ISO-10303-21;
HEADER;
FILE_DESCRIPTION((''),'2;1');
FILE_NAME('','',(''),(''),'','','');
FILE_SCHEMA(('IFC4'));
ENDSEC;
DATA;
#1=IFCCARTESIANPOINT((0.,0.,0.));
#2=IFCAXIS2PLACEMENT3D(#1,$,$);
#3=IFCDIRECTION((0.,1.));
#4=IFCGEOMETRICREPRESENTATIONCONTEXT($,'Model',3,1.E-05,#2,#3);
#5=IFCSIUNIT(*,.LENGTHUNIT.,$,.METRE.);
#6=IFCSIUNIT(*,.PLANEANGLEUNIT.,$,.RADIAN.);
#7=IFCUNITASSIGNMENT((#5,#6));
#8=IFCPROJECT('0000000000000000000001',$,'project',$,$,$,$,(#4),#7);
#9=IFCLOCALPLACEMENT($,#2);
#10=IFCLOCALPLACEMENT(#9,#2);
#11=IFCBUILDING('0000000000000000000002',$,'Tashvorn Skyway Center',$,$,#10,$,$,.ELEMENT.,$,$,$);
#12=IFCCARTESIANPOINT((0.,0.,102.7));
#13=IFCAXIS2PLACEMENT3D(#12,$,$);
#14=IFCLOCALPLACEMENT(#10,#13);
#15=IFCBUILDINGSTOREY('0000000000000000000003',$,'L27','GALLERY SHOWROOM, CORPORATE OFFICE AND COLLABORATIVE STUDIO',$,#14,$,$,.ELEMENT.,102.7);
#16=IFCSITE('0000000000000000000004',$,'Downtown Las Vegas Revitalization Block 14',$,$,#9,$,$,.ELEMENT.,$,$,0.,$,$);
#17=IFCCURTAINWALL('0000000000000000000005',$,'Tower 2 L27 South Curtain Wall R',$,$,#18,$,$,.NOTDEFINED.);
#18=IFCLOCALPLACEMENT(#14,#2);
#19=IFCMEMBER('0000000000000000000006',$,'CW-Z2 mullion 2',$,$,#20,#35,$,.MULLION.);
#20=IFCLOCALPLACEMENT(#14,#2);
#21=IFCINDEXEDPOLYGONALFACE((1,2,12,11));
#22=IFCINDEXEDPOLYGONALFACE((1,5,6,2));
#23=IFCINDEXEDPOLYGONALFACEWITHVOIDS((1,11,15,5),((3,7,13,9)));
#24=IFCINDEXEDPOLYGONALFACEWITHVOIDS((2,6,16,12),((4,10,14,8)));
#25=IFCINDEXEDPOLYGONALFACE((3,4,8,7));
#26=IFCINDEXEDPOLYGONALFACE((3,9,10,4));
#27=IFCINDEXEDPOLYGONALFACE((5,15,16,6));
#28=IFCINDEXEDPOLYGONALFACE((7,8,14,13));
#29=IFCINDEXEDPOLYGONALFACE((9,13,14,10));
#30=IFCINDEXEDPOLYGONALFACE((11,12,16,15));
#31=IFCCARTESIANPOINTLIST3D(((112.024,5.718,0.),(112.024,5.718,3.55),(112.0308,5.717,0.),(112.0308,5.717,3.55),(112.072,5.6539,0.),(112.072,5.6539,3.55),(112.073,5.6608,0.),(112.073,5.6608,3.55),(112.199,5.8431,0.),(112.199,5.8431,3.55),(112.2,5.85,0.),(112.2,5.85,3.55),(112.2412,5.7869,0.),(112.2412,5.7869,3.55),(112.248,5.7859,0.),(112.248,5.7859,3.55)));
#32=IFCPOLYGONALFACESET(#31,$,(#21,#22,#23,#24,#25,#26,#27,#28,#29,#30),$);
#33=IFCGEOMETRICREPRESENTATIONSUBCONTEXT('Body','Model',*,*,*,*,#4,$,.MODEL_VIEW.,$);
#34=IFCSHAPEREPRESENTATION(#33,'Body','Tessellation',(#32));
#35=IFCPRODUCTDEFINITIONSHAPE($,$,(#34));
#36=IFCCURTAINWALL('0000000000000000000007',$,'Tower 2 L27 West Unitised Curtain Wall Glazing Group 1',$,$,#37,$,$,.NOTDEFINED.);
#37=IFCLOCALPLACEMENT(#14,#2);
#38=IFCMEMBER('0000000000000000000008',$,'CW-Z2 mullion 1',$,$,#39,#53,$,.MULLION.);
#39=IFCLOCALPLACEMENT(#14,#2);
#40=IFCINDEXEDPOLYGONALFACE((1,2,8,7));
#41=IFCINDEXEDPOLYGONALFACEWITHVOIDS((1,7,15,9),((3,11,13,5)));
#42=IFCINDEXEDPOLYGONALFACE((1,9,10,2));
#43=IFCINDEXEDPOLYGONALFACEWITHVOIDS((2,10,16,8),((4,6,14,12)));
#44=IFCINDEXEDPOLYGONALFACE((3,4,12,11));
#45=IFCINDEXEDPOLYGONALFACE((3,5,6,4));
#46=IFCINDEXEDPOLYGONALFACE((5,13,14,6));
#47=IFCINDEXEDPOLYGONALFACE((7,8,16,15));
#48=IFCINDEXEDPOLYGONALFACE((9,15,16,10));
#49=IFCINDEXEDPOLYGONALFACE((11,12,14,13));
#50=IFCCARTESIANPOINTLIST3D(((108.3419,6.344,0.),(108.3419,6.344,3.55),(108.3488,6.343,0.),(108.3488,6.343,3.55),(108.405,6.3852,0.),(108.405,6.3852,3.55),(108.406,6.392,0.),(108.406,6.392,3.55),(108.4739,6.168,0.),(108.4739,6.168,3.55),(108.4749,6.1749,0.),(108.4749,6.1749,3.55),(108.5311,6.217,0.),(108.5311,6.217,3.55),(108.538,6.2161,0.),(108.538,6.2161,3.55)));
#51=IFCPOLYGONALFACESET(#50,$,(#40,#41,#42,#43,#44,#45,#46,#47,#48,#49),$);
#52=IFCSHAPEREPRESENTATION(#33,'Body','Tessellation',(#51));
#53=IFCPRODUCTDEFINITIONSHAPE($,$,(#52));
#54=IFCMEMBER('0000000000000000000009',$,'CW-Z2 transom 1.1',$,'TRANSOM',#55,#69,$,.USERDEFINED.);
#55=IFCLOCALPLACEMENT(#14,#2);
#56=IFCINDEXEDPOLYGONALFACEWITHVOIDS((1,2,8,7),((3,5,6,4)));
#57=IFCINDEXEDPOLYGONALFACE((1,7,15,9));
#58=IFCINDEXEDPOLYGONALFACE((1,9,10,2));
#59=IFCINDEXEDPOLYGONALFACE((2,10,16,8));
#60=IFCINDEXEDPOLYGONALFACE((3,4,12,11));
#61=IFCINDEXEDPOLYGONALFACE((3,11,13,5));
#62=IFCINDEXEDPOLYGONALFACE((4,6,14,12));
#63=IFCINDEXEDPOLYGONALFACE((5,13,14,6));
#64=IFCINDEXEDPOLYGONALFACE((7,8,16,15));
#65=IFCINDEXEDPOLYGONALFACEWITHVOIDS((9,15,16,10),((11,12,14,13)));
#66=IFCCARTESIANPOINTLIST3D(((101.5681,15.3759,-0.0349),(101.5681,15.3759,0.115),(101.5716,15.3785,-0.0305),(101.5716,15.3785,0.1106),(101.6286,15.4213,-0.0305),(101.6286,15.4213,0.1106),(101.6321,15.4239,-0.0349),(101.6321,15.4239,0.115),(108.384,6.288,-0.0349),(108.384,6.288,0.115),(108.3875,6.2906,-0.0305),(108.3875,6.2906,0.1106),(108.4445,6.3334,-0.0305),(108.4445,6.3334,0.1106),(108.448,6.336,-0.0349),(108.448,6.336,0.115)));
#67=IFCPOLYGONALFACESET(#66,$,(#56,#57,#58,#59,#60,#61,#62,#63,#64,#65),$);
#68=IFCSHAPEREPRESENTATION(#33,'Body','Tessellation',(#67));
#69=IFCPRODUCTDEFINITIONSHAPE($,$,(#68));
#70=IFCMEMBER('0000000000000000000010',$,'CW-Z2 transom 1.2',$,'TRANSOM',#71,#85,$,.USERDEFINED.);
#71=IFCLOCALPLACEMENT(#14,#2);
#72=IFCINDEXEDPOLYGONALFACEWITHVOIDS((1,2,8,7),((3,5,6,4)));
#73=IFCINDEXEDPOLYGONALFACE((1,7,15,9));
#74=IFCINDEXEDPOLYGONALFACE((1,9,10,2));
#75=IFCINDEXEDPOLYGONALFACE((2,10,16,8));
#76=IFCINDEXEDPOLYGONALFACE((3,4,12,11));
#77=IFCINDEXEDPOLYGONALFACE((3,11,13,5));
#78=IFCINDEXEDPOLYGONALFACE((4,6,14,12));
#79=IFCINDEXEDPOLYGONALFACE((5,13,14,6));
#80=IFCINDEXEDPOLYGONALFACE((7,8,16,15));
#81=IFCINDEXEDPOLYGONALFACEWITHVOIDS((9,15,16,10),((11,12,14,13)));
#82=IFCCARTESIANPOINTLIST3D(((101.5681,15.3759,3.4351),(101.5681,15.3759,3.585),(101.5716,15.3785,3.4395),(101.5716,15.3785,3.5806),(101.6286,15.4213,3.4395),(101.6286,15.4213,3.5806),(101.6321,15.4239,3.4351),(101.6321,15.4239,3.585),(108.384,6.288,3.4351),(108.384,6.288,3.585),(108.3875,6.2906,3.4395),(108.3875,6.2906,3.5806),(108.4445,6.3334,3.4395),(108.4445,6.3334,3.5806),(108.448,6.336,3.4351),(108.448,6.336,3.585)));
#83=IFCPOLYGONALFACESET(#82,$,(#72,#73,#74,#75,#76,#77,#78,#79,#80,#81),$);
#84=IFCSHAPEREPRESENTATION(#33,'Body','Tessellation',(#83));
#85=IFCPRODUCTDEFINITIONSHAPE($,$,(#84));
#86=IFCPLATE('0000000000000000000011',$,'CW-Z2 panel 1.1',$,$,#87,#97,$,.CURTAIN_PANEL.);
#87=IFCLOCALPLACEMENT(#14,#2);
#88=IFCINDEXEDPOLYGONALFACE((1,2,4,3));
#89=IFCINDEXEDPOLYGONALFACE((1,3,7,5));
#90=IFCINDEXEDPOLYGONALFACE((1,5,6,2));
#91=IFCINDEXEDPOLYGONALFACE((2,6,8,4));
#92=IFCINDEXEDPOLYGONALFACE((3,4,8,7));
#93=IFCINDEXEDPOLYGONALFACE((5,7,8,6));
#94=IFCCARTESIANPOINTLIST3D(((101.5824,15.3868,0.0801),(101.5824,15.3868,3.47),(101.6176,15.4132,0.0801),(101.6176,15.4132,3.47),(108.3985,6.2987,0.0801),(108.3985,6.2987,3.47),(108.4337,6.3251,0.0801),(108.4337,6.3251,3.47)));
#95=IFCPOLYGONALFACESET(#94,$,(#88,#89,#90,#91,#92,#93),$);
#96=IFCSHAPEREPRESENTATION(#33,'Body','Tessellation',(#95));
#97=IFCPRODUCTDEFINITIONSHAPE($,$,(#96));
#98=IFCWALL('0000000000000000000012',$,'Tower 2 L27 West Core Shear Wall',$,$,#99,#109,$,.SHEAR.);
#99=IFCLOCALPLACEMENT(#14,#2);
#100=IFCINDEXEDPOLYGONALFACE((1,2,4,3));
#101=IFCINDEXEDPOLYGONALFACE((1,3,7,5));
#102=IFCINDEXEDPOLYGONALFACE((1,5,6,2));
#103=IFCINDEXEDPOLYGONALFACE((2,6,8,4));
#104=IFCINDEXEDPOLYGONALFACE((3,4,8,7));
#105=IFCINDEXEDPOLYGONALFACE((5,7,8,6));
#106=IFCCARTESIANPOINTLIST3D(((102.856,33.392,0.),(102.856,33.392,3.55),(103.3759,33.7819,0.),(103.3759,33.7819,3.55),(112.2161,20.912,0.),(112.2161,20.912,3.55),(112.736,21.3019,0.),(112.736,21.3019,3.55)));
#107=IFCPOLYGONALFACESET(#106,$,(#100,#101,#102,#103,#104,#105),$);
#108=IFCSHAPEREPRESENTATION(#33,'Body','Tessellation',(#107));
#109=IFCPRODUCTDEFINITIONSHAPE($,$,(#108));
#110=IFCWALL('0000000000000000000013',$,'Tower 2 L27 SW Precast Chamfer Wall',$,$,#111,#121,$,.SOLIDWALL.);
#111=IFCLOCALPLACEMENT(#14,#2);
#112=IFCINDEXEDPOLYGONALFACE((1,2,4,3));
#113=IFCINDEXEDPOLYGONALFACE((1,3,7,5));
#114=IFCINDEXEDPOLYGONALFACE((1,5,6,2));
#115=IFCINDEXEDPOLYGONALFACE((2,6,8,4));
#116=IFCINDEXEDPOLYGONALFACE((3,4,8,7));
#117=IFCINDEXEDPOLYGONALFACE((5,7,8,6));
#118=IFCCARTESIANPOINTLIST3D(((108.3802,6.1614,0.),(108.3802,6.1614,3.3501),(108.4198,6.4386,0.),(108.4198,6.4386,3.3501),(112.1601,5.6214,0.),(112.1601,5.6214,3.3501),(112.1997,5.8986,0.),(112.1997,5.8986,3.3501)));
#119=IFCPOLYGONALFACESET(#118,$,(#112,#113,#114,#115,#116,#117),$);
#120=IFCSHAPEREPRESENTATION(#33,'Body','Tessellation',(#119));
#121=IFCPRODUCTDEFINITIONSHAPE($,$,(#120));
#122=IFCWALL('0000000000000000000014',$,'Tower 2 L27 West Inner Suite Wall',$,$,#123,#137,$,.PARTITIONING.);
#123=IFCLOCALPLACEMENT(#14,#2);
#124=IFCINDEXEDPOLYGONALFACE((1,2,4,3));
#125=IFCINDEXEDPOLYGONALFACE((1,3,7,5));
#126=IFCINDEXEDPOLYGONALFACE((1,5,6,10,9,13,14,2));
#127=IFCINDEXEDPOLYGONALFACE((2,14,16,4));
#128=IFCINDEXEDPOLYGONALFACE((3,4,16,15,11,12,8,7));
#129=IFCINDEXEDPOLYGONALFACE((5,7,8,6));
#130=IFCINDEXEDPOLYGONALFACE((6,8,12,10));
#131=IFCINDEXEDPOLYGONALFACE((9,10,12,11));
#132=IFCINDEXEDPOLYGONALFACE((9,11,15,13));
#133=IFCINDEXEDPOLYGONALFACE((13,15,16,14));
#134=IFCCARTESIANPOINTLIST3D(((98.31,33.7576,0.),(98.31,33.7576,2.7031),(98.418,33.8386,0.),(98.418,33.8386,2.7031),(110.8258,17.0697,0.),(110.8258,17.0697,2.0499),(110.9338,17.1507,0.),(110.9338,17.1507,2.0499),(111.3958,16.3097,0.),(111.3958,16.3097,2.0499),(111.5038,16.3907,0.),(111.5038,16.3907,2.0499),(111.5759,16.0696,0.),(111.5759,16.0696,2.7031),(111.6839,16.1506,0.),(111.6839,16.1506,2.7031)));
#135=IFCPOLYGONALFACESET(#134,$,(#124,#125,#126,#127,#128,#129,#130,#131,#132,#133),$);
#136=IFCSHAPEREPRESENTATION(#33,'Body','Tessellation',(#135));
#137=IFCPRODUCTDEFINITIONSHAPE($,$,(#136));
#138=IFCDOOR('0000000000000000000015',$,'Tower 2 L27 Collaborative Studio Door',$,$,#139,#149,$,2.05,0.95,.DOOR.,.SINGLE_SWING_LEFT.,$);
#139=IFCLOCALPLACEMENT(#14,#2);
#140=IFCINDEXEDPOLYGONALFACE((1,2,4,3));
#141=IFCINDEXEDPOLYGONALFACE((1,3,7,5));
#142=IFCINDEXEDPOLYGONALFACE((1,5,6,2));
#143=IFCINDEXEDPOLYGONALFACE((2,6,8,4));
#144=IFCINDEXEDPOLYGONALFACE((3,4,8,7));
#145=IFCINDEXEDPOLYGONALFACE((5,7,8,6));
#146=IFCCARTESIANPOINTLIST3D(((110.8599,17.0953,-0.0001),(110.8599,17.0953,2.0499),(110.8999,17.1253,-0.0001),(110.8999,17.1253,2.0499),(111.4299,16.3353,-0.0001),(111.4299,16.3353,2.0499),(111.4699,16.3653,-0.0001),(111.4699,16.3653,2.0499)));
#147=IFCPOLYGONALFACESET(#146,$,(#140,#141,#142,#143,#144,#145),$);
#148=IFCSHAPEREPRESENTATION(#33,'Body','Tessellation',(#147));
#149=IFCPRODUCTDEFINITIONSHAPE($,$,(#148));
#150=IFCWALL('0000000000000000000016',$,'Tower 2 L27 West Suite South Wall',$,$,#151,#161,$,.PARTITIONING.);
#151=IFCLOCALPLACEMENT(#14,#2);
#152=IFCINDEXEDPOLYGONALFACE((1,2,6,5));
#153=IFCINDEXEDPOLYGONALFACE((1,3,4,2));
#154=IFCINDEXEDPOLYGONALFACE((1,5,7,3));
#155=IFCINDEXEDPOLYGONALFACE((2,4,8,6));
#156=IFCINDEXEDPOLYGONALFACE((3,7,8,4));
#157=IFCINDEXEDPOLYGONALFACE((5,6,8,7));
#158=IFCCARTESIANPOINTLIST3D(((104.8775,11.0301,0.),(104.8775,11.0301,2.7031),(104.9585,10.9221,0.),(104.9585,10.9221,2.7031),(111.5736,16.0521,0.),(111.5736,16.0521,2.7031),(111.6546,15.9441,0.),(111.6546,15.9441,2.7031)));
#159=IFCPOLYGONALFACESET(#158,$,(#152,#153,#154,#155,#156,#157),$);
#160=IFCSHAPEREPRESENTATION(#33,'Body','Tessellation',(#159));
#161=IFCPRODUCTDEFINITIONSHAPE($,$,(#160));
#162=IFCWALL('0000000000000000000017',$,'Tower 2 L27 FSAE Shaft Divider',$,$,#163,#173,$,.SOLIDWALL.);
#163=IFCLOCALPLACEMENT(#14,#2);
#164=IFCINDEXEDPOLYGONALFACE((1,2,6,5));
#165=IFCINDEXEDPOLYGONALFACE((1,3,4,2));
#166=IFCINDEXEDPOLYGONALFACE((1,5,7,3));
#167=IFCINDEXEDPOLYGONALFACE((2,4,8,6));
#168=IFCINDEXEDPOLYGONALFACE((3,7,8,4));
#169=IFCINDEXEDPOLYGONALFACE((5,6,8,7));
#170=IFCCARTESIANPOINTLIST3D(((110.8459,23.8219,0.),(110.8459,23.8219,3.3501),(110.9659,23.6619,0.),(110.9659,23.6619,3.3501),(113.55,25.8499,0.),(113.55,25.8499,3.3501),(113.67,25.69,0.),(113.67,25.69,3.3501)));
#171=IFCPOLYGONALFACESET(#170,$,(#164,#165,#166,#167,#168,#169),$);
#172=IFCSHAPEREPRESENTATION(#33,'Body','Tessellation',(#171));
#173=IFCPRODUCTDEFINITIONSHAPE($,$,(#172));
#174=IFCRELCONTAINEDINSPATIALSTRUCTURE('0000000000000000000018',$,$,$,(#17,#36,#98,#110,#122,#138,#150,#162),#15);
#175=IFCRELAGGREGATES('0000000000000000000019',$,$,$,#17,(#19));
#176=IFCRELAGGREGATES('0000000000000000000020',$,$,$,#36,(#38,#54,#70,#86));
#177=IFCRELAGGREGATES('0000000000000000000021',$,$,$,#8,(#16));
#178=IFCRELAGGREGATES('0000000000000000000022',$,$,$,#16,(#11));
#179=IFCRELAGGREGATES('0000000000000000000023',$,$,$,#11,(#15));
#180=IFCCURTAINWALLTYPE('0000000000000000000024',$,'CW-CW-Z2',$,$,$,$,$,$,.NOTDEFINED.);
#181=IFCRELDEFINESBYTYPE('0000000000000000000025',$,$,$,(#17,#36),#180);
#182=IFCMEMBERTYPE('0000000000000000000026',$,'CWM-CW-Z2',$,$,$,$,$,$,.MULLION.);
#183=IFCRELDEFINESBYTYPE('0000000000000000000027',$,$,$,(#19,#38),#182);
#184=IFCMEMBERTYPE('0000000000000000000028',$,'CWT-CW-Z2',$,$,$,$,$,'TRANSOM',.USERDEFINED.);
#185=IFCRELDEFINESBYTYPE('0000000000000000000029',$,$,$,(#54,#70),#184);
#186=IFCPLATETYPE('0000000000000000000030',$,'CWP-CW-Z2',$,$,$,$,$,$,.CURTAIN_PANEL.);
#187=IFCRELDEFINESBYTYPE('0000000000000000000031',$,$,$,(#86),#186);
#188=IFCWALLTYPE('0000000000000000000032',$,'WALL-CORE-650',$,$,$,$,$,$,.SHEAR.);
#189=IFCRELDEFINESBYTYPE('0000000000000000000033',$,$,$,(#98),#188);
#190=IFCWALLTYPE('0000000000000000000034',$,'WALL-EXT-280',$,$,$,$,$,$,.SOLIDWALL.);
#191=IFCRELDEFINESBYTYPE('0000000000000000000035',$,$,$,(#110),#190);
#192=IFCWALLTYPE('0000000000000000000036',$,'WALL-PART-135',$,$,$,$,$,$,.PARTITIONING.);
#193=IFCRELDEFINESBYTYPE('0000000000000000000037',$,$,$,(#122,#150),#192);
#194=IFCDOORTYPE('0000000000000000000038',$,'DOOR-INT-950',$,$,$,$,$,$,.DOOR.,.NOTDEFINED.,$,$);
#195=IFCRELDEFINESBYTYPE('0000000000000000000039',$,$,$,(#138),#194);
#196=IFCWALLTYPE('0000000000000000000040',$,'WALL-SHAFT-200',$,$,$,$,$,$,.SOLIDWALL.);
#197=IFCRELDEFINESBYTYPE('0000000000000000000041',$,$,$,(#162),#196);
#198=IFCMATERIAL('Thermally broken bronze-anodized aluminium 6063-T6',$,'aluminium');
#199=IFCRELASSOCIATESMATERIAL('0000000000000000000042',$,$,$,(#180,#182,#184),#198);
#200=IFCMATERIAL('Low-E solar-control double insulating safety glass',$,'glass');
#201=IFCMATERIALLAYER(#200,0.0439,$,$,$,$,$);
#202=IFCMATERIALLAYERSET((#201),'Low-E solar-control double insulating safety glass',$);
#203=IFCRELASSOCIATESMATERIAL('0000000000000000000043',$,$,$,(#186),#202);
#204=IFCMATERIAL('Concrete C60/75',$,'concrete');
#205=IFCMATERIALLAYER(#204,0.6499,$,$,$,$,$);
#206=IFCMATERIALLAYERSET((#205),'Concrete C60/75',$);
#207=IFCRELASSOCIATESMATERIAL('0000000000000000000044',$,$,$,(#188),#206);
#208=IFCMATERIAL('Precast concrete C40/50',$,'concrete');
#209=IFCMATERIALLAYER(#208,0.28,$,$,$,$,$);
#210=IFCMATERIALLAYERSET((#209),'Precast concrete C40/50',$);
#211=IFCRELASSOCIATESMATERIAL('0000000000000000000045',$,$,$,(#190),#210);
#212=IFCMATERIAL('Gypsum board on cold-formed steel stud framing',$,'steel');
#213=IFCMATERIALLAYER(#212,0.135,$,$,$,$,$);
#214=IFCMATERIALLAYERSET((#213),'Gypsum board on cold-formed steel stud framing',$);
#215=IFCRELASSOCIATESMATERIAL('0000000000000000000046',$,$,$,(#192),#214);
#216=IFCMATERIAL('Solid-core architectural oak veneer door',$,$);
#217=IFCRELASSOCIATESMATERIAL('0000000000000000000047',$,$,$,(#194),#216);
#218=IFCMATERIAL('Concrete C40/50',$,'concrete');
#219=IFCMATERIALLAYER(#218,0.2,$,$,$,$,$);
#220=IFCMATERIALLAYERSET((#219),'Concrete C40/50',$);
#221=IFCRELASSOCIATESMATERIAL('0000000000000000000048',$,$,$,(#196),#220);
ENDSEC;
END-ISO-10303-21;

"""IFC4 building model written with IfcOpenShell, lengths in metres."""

from ifc_helpers import new_model, si_unit, direction, frame, frame_2d, origin, origin_2d, place, context, subcontext, project, spatial, rectangle, hollow_rectangle, extrude, material, layer, layer_set, material_profile, profile_set, type_object, element, fill, aggregate, save


model = new_model("IFC4")

# Units and contexts
model_context = context("Model", 3, precision=1e-05, world=origin(), true_north=direction((0.0, 1.0)))
body_context = subcontext(model_context, "Body", "Model", "MODEL_VIEW")
ifc_project = project(units=[si_unit("LENGTHUNIT", "METRE"), si_unit("PLANEANGLEUNIT", "RADIAN")], contexts=[model_context])

# Site, building, storey
site_placement = place(None, origin())
site = spatial("IfcSite", under=ifc_project, at=site_placement, Name="Downtown Las Vegas Revitalization Block 14", CompositionType="ELEMENT", RefElevation=0.0)
building_placement = place(site_placement, origin())
building = spatial("IfcBuilding", under=site, at=building_placement, Name="Tashvorn Skyway Center", CompositionType="ELEMENT")
storey_placement = place(building_placement, frame((0.0, 0.0, 102.7)))
storey = spatial("IfcBuildingStorey", under=building, at=storey_placement, Name="L27", Description="GALLERY SHOWROOM, CORPORATE OFFICE AND COLLABORATIVE STUDIO", CompositionType="ELEMENT", Elevation=102.7)

# Shared definitions
ifc_material_1 = material(Name="Concrete C60/75", Category="concrete")

# Curtain wall, member
ifc_material_2 = material(Name="Thermally broken bronze-anodized aluminium 6063-T6", Category="aluminium")
curtain_wall_type = type_object("IfcCurtainWallType", Name="CW-CW-Z2", PredefinedType="NOTDEFINED", material=ifc_material_2)
curtain_wall_1_placement = place(storey_placement, origin())
curtain_wall_1 = element("IfcCurtainWall", 1, at=curtain_wall_1_placement, inside=storey, type_object=curtain_wall_type, Name="Tower 2 L27 South Curtain Wall R", PredefinedType="NOTDEFINED")
ifc_material_profile_1 = material_profile(ifc_material_2, hollow_rectangle(XDim=0.0801, YDim=0.22, WallThickness=0.0049, at=origin_2d()), Name="ALU-MULL-80x220")
ifc_profile_set_1 = profile_set([ifc_material_profile_1], Name="Thermally broken bronze-anodized aluminium 6063-T6")
member_type_1 = type_object("IfcMemberType", Name="CWM-CW-Z2", PredefinedType="MULLION", material=ifc_profile_set_1)
member_1_placement = place(storey_placement, frame((112.136, 5.752, 0.0), z_axis=(0.0, 0.0, 1.0), x_axis=(0.6, -0.8, 0.0)))
member_1 = element("IfcMember", 2, at=member_1_placement, type_object=member_type_1, Name="CW-Z2 mullion 2", PredefinedType="MULLION", context=body_context, shape_type="SweptSolid", body=[
    extrude(hollow_rectangle(XDim=0.0801, YDim=0.22, WallThickness=0.0049, at=origin_2d()), origin(), (0.0, 0.0, 1.0), 3.55),
])
aggregate(curtain_wall_1, [member_1])

# Curtain wall, members, plate
curtain_wall_2_placement = place(storey_placement, origin())
curtain_wall_2 = element("IfcCurtainWall", 3, at=curtain_wall_2_placement, inside=storey, type_object=curtain_wall_type, Name="Tower 2 L27 West Unitised Curtain Wall Glazing Group 1", PredefinedType="NOTDEFINED")
member_2_placement = place(storey_placement, frame((108.4399, 6.28, 0.0), z_axis=(0.0, 0.0, 1.0), x_axis=(-0.8, -0.6, 0.0)))
member_2 = element("IfcMember", 4, at=member_2_placement, type_object=member_type_1, Name="CW-Z2 mullion 1", PredefinedType="MULLION", context=body_context, shape_type="SweptSolid", body=[
    extrude(hollow_rectangle(XDim=0.0801, YDim=0.22, WallThickness=0.0049, at=origin_2d()), origin(), (0.0, 0.0, 1.0), 3.55),
])
ifc_material_profile_2 = material_profile(ifc_material_2, hollow_rectangle(XDim=0.0801, YDim=0.1499, WallThickness=0.0044, at=origin_2d()), Name="ALU-TRAN-80x150")
ifc_profile_set_2 = profile_set([ifc_material_profile_2], Name="Thermally broken bronze-anodized aluminium 6063-T6")
member_type_2 = type_object("IfcMemberType", Name="CWT-CW-Z2", ElementType="TRANSOM", PredefinedType="USERDEFINED", material=ifc_profile_set_2)
member_3_placement = place(storey_placement, frame((108.416, 6.312, 0.04), z_axis=(-0.6, 0.8, 0.0), x_axis=(-0.8, -0.6, 0.0)))
member_3 = element("IfcMember", 5, at=member_3_placement, type_object=member_type_2, Name="CW-Z2 transom 1.1", ObjectType="TRANSOM", PredefinedType="USERDEFINED", context=body_context, shape_type="SweptSolid", body=[
    extrude(hollow_rectangle(XDim=0.0801, YDim=0.1499, WallThickness=0.0044, at=origin_2d()), origin(), (0.0, 0.0, 1.0), 11.3599),
])
member_4_placement = place(storey_placement, frame((108.416, 6.312, 3.51), z_axis=(-0.6, 0.8, 0.0), x_axis=(-0.8, -0.6, 0.0)))
member_4 = element("IfcMember", 6, at=member_4_placement, type_object=member_type_2, Name="CW-Z2 transom 1.2", ObjectType="TRANSOM", PredefinedType="USERDEFINED", context=body_context, shape_type="SweptSolid", body=[
    extrude(hollow_rectangle(XDim=0.0801, YDim=0.1499, WallThickness=0.0044, at=origin_2d()), origin(), (0.0, 0.0, 1.0), 11.3599),
])
ifc_material_3 = material(Name="Low-E solar-control double insulating safety glass", Category="glass")
ifc_layer_1 = layer(ifc_material_3, 0.0439)
ifc_layer_set_1 = layer_set([ifc_layer_1], Name="Low-E solar-control double insulating safety glass")
plate_type = type_object("IfcPlateType", Name="CWP-CW-Z2", PredefinedType="CURTAIN_PANEL", material=ifc_layer_set_1)
plate_placement = place(storey_placement, frame((105.0081, 10.856, 0.0801), z_axis=(0.0, 0.0, 1.0), x_axis=(-0.6, 0.8, 0.0)))
plate = element("IfcPlate", 7, at=plate_placement, type_object=plate_type, Name="CW-Z2 panel 1.1", PredefinedType="CURTAIN_PANEL", context=body_context, shape_type="SweptSolid", body=[
    extrude(rectangle(XDim=11.3601, YDim=0.0439, at=origin_2d()), origin(), (0.0, 0.0, 1.0), 3.3899),
])
aggregate(curtain_wall_2, [member_2, member_3, member_4, plate])

# Walls
ifc_layer_2 = layer(ifc_material_1, 0.6499)
ifc_layer_set_2 = layer_set([ifc_layer_2], Name="Concrete C60/75")
wall_type_1 = type_object("IfcWallType", Name="WALL-CORE-650", PredefinedType="SHEAR", material=ifc_layer_set_2)
wall_1_placement = place(storey_placement, frame((112.4761, 21.1069, 0.0), z_axis=(0.0, 0.0, 1.0), x_axis=(-0.600005, 0.799996, 0.0)))
element("IfcWall", 8, at=wall_1_placement, inside=storey, type_object=wall_type_1, Name="Tower 2 L27 West Core Shear Wall", PredefinedType="SHEAR", context=body_context, shape_type="SweptSolid", body=[
    extrude(rectangle(XDim=15.6001, YDim=0.6499, at=frame_2d((7.8, 0.0))), origin(), (0.0, 0.0, 1.0), 3.55),
])
ifc_material_4 = material(Name="Precast concrete C40/50", Category="concrete")
ifc_layer_3 = layer(ifc_material_4, 0.28)
ifc_layer_set_3 = layer_set([ifc_layer_3], Name="Precast concrete C40/50")
wall_type_2 = type_object("IfcWallType", Name="WALL-EXT-280", PredefinedType="SOLIDWALL", material=ifc_layer_set_3)
wall_2_placement = place(storey_placement, frame((112.1799, 5.76, 0.0), z_axis=(0.0, 0.0, 1.0), x_axis=(-0.989948, 0.14143, 0.0)))
element("IfcWall", 9, at=wall_2_placement, inside=storey, type_object=wall_type_2, Name="Tower 2 L27 SW Precast Chamfer Wall", PredefinedType="SOLIDWALL", context=body_context, shape_type="SweptSolid", body=[
    extrude(rectangle(XDim=3.8184, YDim=0.28, at=frame_2d((1.9092, 0.0))), origin(), (0.0, 0.0, 1.0), 3.3501),
])

# Wall, opening, door
ifc_material_5 = material(Name="Gypsum board on cold-formed steel stud framing", Category="steel")
ifc_layer_4 = layer(ifc_material_5, 0.135)
ifc_layer_set_4 = layer_set([ifc_layer_4], Name="Gypsum board on cold-formed steel stud framing")
wall_type_3 = type_object("IfcWallType", Name="WALL-PART-135", PredefinedType="PARTITIONING", material=ifc_layer_set_4)
wall_3_placement = place(storey_placement, frame((111.6299, 16.1101, 0.0), z_axis=(0.0, 0.0, 1.0), x_axis=(-0.599996, 0.800003, 0.0)))
wall_3 = element("IfcWall", 10, at=wall_3_placement, inside=storey, type_object=wall_type_3, Name="Tower 2 L27 West Inner Suite Wall", PredefinedType="PARTITIONING", context=body_context, shape_type="SweptSolid", body=[
    extrude(rectangle(XDim=22.1099, YDim=0.135, at=frame_2d((11.0549, 0.0))), origin(), (0.0, 0.0, 1.0), 2.7031),
])
opening_1_placement = place(wall_3_placement, frame((0.3, 0.0, 0.0)))
opening_1 = element("IfcOpeningElement", 11, at=opening_1_placement, cuts=wall_3, PredefinedType="OPENING", context=body_context, shape_type="SweptSolid", body=[
    extrude(rectangle(XDim=0.95, YDim=2.05, at=frame_2d((0.4751, 1.0249))), frame((0.0, 0.0774, 0.0), z_axis=(0.0, -1.0, 0.0), x_axis=(1.0, 0.0, 0.0)), (0.0, 0.0, 1.0), 0.155),
])
ifc_material_6 = material(Name="Solid-core architectural oak veneer door")
door_type_1 = type_object("IfcDoorType", Name="DOOR-INT-950", OperationType="NOTDEFINED", PredefinedType="DOOR", material=ifc_material_6)
door_1_placement = place(opening_1_placement, origin())
door_1 = element("IfcDoor", 12, at=door_1_placement, inside=storey, type_object=door_type_1, Name="Tower 2 L27 Collaborative Studio Door", OperationType="SINGLE_SWING_LEFT", OverallHeight=2.05, OverallWidth=0.95, PredefinedType="DOOR", context=body_context, shape_type="SweptSolid", body=[
    extrude(rectangle(XDim=0.95, YDim=2.05, at=frame_2d((0.4751, 1.0249))), frame((0.0, 0.0249, 0.0), z_axis=(0.0, -1.0, 0.0), x_axis=(1.0, 0.0, 0.0)), (0.0, 0.0, 1.0), 0.05),
])
fill(opening_1, door_1)

# Walls
wall_4_placement = place(storey_placement, frame((104.918, 10.9761, 0.0), z_axis=(0.0, 0.0, 1.0), x_axis=(0.800004, 0.599995, 0.0)))
element("IfcWall", 13, at=wall_4_placement, inside=storey, type_object=wall_type_3, Name="Tower 2 L27 West Suite South Wall", PredefinedType="PARTITIONING", context=body_context, shape_type="SweptSolid", body=[
    extrude(rectangle(XDim=8.3701, YDim=0.135, at=frame_2d((4.1851, 0.0))), origin(), (0.0, 0.0, 1.0), 2.7031),
])
ifc_material_7 = material(Name="Concrete C40/50", Category="concrete")
ifc_layer_5 = layer(ifc_material_7, 0.2)
ifc_layer_set_5 = layer_set([ifc_layer_5], Name="Concrete C40/50")
wall_type_4 = type_object("IfcWallType", Name="WALL-SHAFT-200", PredefinedType="SOLIDWALL", material=ifc_layer_set_5)
for number, where, z_axis, x_axis, name in (
    (14, (110.906, 23.7419, 0.0), (0.0, 0.0, 1.0), (0.8, 0.6, 0.0), "Tower 2 L27 FSAE Shaft Divider"),
):
    element("IfcWall", number, at=place(storey_placement, frame(where, z_axis=z_axis, x_axis=x_axis)), inside=storey, type_object=wall_type_4, Name=name, PredefinedType="SOLIDWALL", context=body_context, shape_type="SweptSolid", body=[
        extrude(rectangle(XDim=3.3801, YDim=0.2, at=frame_2d((1.6899, 0.0))), origin(), (0.0, 0.0, 1.0), 3.3501),
    ])

save(model, "model.ifc")
